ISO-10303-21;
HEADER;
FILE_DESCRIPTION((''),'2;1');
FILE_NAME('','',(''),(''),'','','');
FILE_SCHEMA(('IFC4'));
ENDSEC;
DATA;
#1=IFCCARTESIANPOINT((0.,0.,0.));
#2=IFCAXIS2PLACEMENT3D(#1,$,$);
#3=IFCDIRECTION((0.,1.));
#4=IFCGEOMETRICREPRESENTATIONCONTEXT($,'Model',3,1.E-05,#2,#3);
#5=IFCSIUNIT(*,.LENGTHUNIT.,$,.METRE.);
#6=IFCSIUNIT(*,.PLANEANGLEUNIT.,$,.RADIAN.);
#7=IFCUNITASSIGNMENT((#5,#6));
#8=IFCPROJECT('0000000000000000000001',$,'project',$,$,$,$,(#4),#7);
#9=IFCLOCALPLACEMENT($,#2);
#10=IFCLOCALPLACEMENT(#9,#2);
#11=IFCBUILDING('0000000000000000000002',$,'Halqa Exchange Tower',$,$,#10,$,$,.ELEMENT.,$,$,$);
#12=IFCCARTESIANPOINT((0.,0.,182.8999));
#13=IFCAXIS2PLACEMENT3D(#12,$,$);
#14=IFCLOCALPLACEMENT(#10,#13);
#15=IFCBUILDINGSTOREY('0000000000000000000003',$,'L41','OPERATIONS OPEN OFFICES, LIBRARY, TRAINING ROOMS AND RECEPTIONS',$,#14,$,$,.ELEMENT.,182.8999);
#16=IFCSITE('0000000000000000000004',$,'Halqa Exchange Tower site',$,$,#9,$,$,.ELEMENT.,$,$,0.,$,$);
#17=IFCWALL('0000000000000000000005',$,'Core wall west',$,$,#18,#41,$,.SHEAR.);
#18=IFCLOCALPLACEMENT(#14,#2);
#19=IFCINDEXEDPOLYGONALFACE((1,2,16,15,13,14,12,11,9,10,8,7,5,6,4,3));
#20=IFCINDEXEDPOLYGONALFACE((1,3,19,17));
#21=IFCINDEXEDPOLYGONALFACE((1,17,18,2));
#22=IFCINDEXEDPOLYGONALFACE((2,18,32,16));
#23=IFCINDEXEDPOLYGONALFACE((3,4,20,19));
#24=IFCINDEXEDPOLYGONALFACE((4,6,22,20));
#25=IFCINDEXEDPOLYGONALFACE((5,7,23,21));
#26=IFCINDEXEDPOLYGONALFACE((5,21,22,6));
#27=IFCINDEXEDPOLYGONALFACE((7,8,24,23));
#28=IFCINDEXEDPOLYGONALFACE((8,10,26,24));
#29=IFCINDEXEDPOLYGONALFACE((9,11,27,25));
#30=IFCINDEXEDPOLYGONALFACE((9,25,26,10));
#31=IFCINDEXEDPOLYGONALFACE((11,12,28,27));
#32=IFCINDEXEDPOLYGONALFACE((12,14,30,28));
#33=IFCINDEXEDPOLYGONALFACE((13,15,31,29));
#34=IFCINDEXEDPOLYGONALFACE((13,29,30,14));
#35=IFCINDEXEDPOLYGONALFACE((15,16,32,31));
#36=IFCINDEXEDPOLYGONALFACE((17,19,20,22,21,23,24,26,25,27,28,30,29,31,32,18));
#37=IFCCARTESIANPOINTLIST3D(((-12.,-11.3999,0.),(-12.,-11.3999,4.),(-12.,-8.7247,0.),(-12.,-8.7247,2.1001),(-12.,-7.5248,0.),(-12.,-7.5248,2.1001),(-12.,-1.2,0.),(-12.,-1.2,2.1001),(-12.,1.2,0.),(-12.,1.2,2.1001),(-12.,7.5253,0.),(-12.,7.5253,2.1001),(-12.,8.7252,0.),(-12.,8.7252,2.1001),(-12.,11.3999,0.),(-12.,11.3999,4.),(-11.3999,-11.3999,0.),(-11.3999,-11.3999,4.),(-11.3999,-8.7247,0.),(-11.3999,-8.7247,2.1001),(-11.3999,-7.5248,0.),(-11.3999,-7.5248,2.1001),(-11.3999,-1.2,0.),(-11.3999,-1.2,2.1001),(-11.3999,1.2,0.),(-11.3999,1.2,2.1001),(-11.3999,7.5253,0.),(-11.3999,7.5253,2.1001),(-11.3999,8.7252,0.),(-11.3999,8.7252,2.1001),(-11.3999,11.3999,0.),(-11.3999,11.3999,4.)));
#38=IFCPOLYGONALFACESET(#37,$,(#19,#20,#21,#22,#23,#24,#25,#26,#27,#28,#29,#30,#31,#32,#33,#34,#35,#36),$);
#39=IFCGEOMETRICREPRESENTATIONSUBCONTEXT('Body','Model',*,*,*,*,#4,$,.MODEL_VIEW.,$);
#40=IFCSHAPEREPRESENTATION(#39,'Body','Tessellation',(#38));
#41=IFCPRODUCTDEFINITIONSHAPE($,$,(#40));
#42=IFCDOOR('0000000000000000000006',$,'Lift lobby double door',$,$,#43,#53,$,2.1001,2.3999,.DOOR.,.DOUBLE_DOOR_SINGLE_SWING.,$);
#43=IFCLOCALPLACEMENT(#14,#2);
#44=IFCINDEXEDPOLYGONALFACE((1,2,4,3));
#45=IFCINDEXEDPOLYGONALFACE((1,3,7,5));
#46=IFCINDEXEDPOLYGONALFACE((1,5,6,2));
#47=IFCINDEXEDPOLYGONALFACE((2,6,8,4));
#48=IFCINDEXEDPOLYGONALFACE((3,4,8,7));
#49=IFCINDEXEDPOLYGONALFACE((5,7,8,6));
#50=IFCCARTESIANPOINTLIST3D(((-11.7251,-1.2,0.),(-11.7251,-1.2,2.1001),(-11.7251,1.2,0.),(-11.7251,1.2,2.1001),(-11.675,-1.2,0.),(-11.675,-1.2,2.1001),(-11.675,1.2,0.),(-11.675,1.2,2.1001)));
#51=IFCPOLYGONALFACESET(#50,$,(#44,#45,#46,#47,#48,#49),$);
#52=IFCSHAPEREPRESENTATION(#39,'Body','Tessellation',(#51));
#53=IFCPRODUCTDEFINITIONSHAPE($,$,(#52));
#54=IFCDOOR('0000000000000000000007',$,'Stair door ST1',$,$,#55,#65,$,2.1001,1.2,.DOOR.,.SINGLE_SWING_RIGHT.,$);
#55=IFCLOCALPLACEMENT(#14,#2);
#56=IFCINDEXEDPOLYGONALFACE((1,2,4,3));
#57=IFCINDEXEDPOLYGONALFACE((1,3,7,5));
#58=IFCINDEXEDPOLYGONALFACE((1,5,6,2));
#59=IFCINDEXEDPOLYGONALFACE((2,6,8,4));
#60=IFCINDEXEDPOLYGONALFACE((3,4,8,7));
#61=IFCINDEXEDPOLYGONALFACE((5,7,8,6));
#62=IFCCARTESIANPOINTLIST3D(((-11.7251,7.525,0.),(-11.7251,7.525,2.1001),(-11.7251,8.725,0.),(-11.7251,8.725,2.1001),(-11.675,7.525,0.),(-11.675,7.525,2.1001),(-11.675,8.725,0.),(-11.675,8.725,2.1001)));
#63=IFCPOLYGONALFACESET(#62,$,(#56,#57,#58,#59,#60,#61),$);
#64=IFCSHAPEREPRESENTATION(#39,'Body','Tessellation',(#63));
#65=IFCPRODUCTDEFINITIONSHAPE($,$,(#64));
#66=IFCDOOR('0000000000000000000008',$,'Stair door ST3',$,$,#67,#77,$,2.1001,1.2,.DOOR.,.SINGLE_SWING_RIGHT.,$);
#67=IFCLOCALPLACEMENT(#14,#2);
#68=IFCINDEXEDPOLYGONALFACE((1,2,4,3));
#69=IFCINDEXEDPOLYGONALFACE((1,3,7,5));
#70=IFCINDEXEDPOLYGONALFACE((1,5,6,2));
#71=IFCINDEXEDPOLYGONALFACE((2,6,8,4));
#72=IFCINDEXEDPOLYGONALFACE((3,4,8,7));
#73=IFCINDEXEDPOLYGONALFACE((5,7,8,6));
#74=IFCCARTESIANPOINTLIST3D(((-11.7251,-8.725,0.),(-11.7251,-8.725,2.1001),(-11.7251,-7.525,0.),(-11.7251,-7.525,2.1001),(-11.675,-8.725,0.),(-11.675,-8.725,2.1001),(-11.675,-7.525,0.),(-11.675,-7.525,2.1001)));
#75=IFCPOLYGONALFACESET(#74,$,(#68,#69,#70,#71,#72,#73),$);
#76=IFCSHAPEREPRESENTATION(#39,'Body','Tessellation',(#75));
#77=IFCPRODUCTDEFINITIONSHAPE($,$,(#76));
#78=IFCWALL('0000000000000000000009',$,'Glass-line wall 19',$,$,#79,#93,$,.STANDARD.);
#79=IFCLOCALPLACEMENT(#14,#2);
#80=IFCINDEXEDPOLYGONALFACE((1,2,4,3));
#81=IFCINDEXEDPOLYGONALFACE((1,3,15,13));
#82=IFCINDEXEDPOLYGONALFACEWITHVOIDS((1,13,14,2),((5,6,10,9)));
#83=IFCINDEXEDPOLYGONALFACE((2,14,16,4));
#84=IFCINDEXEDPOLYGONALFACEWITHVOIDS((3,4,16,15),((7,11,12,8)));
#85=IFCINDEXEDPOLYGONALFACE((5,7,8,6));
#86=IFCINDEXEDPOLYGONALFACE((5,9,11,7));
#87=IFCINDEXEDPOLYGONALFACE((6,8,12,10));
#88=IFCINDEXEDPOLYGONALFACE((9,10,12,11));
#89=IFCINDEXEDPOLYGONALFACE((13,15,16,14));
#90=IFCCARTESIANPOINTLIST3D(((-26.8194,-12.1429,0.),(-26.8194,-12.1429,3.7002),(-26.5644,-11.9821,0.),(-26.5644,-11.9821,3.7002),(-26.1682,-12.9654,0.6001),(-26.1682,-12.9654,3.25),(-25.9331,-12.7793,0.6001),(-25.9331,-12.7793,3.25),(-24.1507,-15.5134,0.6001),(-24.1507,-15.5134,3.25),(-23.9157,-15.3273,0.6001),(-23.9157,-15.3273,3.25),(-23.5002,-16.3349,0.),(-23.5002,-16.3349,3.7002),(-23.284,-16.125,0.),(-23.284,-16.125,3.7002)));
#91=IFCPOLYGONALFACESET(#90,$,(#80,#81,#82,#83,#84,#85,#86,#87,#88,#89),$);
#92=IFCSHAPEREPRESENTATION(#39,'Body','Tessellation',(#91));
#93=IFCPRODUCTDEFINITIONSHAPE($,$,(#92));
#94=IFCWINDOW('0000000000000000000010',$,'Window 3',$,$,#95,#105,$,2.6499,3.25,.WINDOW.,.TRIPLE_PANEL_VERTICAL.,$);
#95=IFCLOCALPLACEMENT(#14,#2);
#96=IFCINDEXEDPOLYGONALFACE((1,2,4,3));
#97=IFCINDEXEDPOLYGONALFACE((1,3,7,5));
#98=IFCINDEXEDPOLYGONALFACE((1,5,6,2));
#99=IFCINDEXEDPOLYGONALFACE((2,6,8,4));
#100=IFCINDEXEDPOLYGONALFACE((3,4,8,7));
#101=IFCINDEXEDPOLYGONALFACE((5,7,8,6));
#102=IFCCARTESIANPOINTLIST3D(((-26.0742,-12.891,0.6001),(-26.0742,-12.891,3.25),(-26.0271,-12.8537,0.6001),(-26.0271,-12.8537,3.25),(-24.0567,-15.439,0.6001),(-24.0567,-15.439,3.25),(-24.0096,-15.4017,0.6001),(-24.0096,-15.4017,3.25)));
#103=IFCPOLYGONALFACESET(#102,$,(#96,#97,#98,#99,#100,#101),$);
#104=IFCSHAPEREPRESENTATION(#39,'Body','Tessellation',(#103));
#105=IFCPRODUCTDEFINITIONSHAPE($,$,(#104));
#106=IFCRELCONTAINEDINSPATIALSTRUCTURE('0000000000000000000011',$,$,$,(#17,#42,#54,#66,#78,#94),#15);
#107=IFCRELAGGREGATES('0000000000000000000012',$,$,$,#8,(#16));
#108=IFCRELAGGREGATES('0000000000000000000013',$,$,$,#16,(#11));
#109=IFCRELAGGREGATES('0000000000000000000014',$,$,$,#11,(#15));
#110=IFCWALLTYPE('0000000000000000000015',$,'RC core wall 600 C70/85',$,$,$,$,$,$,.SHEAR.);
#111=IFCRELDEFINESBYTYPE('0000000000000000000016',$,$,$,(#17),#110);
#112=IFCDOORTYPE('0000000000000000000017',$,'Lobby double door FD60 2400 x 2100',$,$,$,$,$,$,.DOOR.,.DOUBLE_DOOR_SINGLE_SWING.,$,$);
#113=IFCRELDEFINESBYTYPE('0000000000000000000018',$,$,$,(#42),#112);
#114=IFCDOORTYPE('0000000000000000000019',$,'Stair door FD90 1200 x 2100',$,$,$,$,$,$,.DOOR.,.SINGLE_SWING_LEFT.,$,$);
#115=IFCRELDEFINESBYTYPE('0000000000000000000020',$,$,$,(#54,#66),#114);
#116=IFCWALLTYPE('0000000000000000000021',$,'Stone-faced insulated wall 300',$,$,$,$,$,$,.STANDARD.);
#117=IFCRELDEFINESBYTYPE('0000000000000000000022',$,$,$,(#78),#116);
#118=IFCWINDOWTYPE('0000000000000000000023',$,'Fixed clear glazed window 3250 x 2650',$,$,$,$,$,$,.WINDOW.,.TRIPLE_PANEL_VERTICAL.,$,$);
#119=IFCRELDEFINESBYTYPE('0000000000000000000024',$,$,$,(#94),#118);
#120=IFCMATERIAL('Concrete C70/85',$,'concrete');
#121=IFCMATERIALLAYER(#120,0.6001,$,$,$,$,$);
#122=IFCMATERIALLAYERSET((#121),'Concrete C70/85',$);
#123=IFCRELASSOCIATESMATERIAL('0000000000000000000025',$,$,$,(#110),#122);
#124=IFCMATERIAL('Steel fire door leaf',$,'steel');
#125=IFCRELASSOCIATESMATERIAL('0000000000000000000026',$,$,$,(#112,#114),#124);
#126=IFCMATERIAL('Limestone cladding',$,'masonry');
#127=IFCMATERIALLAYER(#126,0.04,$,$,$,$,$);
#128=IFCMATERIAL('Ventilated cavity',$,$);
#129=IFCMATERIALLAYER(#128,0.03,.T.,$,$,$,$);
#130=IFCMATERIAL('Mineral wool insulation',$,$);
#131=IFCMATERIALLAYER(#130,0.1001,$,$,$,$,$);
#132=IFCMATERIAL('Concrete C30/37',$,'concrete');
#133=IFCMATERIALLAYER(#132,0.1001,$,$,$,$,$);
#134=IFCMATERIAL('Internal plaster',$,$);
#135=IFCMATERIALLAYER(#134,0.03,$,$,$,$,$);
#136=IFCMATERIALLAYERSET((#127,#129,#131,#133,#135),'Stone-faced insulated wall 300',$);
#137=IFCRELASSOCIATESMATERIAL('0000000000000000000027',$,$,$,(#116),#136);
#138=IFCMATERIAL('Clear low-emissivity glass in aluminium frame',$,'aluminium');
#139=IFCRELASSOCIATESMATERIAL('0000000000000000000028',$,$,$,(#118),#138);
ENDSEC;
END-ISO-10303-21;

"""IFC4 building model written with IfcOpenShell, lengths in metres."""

from ifc_helpers import new_model, si_unit, direction, frame, frame_2d, origin, place, context, subcontext, project, spatial, polyline, rectangle, outline, extrude, material, layer, layer_set, type_object, element, fill, save


model = new_model("IFC4")

# Units and contexts
model_context = context("Model", 3, precision=1e-05, world=origin(), true_north=direction((0.0, 1.0)))
body_context = subcontext(model_context, "Body", "Model", "MODEL_VIEW")
ifc_project = project(units=[si_unit("LENGTHUNIT", "METRE"), si_unit("PLANEANGLEUNIT", "RADIAN")], contexts=[model_context])

# Site, building, storey
site_placement = place(None, origin())
site = spatial("IfcSite", under=ifc_project, at=site_placement, Name="Halqa Exchange Tower site", CompositionType="ELEMENT", RefElevation=0.0)
building_placement = place(site_placement, origin())
building = spatial("IfcBuilding", under=site, at=building_placement, Name="Halqa Exchange Tower", CompositionType="ELEMENT")
storey_placement = place(building_placement, frame((0.0, 0.0, 182.8999)))
storey = spatial("IfcBuildingStorey", under=building, at=storey_placement, Name="L41", Description="OPERATIONS OPEN OFFICES, LIBRARY, TRAINING ROOMS AND RECEPTIONS", CompositionType="ELEMENT", Elevation=182.8999)

# Wall, openings, doors
ifc_material_1 = material(Name="Steel fire door leaf", Category="steel")
ifc_material_2 = material(Name="Concrete C70/85", Category="concrete")
ifc_layer_1 = layer(ifc_material_2, 0.6001)
ifc_layer_set_1 = layer_set([ifc_layer_1], Name="Concrete C70/85")
wall_type_1 = type_object("IfcWallType", Name="RC core wall 600 C70/85", PredefinedType="SHEAR", material=ifc_layer_set_1)
wall_1_placement = place(storey_placement, frame((-11.7, -11.3999, 0.0), z_axis=(0.0, 0.0, 1.0), x_axis=(0.0, 1.0, 0.0)))
wall_1 = element("IfcWall", 1, at=wall_1_placement, inside=storey, type_object=wall_type_1, Name="Core wall west", PredefinedType="SHEAR", context=body_context, shape_type="SweptSolid", body=[
    extrude(rectangle(XDim=22.7998, YDim=0.6001, at=frame_2d((11.3999, 0.0))), origin(), (0.0, 0.0, 1.0), 4.0),
])
opening_1_placement = place(wall_1_placement, frame((10.2, 0.0, 0.0)))
opening_1 = element("IfcOpeningElement", 2, at=opening_1_placement, cuts=wall_1, PredefinedType="OPENING", context=body_context, shape_type="SweptSolid", body=[
    extrude(rectangle(XDim=2.3999, YDim=2.1001, at=frame_2d((1.2, 1.05))), frame((0.0, 0.312, 0.0), z_axis=(0.0, -1.0, 0.0), x_axis=(1.0, 0.0, 0.0)), (0.0, 0.0, 1.0), 0.624),
])
opening_2_placement = place(wall_1_placement, frame((18.925, 0.0, 0.0)))
opening_2 = element("IfcOpeningElement", 3, at=opening_2_placement, cuts=wall_1, PredefinedType="OPENING", context=body_context, shape_type="SweptSolid", body=[
    extrude(rectangle(XDim=1.2, YDim=2.1001, at=frame_2d((0.6001, 1.05))), frame((0.0, 0.312, 0.0), z_axis=(0.0, -1.0, 0.0), x_axis=(1.0, 0.0, 0.0)), (0.0, 0.0, 1.0), 0.624),
])
opening_3_placement = place(wall_1_placement, frame((2.675, 0.0, 0.0)))
opening_3 = element("IfcOpeningElement", 4, at=opening_3_placement, cuts=wall_1, PredefinedType="OPENING", context=body_context, shape_type="SweptSolid", body=[
    extrude(rectangle(XDim=1.2, YDim=2.1001, at=frame_2d((0.6001, 1.05))), frame((0.0, 0.312, 0.0), z_axis=(0.0, -1.0, 0.0), x_axis=(1.0, 0.0, 0.0)), (0.0, 0.0, 1.0), 0.624),
])
door_type_1 = type_object("IfcDoorType", Name="Lobby double door FD60 2400 x 2100", OperationType="DOUBLE_DOOR_SINGLE_SWING", PredefinedType="DOOR", material=ifc_material_1)
door_1_placement = place(opening_1_placement, frame((2.3999, 0.0, 0.0), z_axis=(0.0, 0.0, 1.0), x_axis=(-1.0, 0.0, 0.0)))
door_1 = element("IfcDoor", 5, at=door_1_placement, inside=storey, type_object=door_type_1, Name="Lift lobby double door", OperationType="DOUBLE_DOOR_SINGLE_SWING", OverallHeight=2.1001, OverallWidth=2.3999, PredefinedType="DOOR", context=body_context, shape_type="SweptSolid", body=[
    extrude(rectangle(XDim=2.3999, YDim=2.1001, at=frame_2d((1.2, 1.05))), frame((0.0, 0.0249, 0.0), z_axis=(0.0, -1.0, 0.0), x_axis=(1.0, 0.0, 0.0)), (0.0, 0.0, 1.0), 0.05),
])
fill(opening_1, door_1)
door_type_2 = type_object("IfcDoorType", Name="Stair door FD90 1200 x 2100", OperationType="SINGLE_SWING_LEFT", PredefinedType="DOOR", material=ifc_material_1)
door_2_placement = place(opening_2_placement, frame((1.2, 0.0, 0.0), z_axis=(0.0, 0.0, 1.0), x_axis=(-1.0, 0.0, 0.0)))
door_2 = element("IfcDoor", 6, at=door_2_placement, inside=storey, type_object=door_type_2, Name="Stair door ST1", OperationType="SINGLE_SWING_RIGHT", OverallHeight=2.1001, OverallWidth=1.2, PredefinedType="DOOR", context=body_context, shape_type="SweptSolid", body=[
    extrude(rectangle(XDim=1.2, YDim=2.1001, at=frame_2d((0.6001, 1.05))), frame((0.0, 0.0249, 0.0), z_axis=(0.0, -1.0, 0.0), x_axis=(1.0, 0.0, 0.0)), (0.0, 0.0, 1.0), 0.05),
])
fill(opening_2, door_2)
door_3_placement = place(opening_3_placement, frame((1.2, 0.0, 0.0), z_axis=(0.0, 0.0, 1.0), x_axis=(-1.0, 0.0, 0.0)))
door_3 = element("IfcDoor", 7, at=door_3_placement, inside=storey, type_object=door_type_2, Name="Stair door ST3", OperationType="SINGLE_SWING_RIGHT", OverallHeight=2.1001, OverallWidth=1.2, PredefinedType="DOOR", context=body_context, shape_type="SweptSolid", body=[
    extrude(rectangle(XDim=1.2, YDim=2.1001, at=frame_2d((0.6001, 1.05))), frame((0.0, 0.0249, 0.0), z_axis=(0.0, -1.0, 0.0), x_axis=(1.0, 0.0, 0.0)), (0.0, 0.0, 1.0), 0.05),
])
fill(opening_3, door_3)

# Wall, opening, window
ifc_material_3 = material(Name="Limestone cladding", Category="masonry")
ifc_layer_2 = layer(ifc_material_3, 0.04)
ifc_material_4 = material(Name="Ventilated cavity")
ifc_layer_3 = layer(ifc_material_4, 0.03, ventilated=True)
ifc_material_5 = material(Name="Mineral wool insulation")
ifc_layer_4 = layer(ifc_material_5, 0.1001)
ifc_material_6 = material(Name="Concrete C30/37", Category="concrete")
ifc_layer_5 = layer(ifc_material_6, 0.1001)
ifc_material_7 = material(Name="Internal plaster")
ifc_layer_6 = layer(ifc_material_7, 0.03)
ifc_layer_set_2 = layer_set([ifc_layer_2, ifc_layer_3, ifc_layer_4, ifc_layer_5, ifc_layer_6], Name="Stone-faced insulated wall 300")
wall_type_2 = type_object("IfcWallType", Name="Stone-faced insulated wall 300", PredefinedType="STANDARD", material=ifc_layer_set_2)
wall_2_placement = place(storey_placement, frame((-26.6919, -12.0625, 0.0), z_axis=(0.0, 0.0, 1.0), x_axis=(0.620766, -0.783996, 0.0)))
wall_2 = element("IfcWall", 8, at=wall_2_placement, inside=storey, type_object=wall_type_2, Name="Glass-line wall 19", PredefinedType="STANDARD", context=body_context, shape_type="SweptSolid", body=[
    extrude(outline(polyline([(-0.0161, -0.1499), (5.3308, -0.1499), (5.3005, 0.1499), (0.0161, 0.1499), (-0.0161, -0.1499)])), origin(), (0.0, 0.0, 1.0), 3.7002),
])
opening_4_placement = place(wall_2_placement, frame((1.033, 0.0, 0.6001)))
opening_4 = element("IfcOpeningElement", 9, at=opening_4_placement, cuts=wall_2, PredefinedType="OPENING", context=body_context, shape_type="SweptSolid", body=[
    extrude(rectangle(XDim=3.25, YDim=2.6499, at=frame_2d((1.625, 1.325))), frame((0.0, 0.1621, 0.0), z_axis=(0.0, -1.0, 0.0), x_axis=(1.0, 0.0, 0.0)), (0.0, 0.0, 1.0), 0.324),
])
ifc_material_8 = material(Name="Clear low-emissivity glass in aluminium frame", Category="aluminium")
window_type = type_object("IfcWindowType", Name="Fixed clear glazed window 3250 x 2650", PartitioningType="TRIPLE_PANEL_VERTICAL", PredefinedType="WINDOW", material=ifc_material_8)
window_placement = place(opening_4_placement, origin())
window = element("IfcWindow", 10, at=window_placement, inside=storey, type_object=window_type, Name="Window 3", OverallHeight=2.6499, OverallWidth=3.25, PartitioningType="TRIPLE_PANEL_VERTICAL", PredefinedType="WINDOW", context=body_context, shape_type="SweptSolid", body=[
    extrude(rectangle(XDim=3.25, YDim=2.6499, at=frame_2d((1.625, 1.325))), frame((0.0, 0.03, 0.0), z_axis=(0.0, -1.0, 0.0), x_axis=(1.0, 0.0, 0.0)), (0.0, 0.0, 1.0), 0.0601),
])
fill(opening_4, window)

save(model, "model.ifc")
